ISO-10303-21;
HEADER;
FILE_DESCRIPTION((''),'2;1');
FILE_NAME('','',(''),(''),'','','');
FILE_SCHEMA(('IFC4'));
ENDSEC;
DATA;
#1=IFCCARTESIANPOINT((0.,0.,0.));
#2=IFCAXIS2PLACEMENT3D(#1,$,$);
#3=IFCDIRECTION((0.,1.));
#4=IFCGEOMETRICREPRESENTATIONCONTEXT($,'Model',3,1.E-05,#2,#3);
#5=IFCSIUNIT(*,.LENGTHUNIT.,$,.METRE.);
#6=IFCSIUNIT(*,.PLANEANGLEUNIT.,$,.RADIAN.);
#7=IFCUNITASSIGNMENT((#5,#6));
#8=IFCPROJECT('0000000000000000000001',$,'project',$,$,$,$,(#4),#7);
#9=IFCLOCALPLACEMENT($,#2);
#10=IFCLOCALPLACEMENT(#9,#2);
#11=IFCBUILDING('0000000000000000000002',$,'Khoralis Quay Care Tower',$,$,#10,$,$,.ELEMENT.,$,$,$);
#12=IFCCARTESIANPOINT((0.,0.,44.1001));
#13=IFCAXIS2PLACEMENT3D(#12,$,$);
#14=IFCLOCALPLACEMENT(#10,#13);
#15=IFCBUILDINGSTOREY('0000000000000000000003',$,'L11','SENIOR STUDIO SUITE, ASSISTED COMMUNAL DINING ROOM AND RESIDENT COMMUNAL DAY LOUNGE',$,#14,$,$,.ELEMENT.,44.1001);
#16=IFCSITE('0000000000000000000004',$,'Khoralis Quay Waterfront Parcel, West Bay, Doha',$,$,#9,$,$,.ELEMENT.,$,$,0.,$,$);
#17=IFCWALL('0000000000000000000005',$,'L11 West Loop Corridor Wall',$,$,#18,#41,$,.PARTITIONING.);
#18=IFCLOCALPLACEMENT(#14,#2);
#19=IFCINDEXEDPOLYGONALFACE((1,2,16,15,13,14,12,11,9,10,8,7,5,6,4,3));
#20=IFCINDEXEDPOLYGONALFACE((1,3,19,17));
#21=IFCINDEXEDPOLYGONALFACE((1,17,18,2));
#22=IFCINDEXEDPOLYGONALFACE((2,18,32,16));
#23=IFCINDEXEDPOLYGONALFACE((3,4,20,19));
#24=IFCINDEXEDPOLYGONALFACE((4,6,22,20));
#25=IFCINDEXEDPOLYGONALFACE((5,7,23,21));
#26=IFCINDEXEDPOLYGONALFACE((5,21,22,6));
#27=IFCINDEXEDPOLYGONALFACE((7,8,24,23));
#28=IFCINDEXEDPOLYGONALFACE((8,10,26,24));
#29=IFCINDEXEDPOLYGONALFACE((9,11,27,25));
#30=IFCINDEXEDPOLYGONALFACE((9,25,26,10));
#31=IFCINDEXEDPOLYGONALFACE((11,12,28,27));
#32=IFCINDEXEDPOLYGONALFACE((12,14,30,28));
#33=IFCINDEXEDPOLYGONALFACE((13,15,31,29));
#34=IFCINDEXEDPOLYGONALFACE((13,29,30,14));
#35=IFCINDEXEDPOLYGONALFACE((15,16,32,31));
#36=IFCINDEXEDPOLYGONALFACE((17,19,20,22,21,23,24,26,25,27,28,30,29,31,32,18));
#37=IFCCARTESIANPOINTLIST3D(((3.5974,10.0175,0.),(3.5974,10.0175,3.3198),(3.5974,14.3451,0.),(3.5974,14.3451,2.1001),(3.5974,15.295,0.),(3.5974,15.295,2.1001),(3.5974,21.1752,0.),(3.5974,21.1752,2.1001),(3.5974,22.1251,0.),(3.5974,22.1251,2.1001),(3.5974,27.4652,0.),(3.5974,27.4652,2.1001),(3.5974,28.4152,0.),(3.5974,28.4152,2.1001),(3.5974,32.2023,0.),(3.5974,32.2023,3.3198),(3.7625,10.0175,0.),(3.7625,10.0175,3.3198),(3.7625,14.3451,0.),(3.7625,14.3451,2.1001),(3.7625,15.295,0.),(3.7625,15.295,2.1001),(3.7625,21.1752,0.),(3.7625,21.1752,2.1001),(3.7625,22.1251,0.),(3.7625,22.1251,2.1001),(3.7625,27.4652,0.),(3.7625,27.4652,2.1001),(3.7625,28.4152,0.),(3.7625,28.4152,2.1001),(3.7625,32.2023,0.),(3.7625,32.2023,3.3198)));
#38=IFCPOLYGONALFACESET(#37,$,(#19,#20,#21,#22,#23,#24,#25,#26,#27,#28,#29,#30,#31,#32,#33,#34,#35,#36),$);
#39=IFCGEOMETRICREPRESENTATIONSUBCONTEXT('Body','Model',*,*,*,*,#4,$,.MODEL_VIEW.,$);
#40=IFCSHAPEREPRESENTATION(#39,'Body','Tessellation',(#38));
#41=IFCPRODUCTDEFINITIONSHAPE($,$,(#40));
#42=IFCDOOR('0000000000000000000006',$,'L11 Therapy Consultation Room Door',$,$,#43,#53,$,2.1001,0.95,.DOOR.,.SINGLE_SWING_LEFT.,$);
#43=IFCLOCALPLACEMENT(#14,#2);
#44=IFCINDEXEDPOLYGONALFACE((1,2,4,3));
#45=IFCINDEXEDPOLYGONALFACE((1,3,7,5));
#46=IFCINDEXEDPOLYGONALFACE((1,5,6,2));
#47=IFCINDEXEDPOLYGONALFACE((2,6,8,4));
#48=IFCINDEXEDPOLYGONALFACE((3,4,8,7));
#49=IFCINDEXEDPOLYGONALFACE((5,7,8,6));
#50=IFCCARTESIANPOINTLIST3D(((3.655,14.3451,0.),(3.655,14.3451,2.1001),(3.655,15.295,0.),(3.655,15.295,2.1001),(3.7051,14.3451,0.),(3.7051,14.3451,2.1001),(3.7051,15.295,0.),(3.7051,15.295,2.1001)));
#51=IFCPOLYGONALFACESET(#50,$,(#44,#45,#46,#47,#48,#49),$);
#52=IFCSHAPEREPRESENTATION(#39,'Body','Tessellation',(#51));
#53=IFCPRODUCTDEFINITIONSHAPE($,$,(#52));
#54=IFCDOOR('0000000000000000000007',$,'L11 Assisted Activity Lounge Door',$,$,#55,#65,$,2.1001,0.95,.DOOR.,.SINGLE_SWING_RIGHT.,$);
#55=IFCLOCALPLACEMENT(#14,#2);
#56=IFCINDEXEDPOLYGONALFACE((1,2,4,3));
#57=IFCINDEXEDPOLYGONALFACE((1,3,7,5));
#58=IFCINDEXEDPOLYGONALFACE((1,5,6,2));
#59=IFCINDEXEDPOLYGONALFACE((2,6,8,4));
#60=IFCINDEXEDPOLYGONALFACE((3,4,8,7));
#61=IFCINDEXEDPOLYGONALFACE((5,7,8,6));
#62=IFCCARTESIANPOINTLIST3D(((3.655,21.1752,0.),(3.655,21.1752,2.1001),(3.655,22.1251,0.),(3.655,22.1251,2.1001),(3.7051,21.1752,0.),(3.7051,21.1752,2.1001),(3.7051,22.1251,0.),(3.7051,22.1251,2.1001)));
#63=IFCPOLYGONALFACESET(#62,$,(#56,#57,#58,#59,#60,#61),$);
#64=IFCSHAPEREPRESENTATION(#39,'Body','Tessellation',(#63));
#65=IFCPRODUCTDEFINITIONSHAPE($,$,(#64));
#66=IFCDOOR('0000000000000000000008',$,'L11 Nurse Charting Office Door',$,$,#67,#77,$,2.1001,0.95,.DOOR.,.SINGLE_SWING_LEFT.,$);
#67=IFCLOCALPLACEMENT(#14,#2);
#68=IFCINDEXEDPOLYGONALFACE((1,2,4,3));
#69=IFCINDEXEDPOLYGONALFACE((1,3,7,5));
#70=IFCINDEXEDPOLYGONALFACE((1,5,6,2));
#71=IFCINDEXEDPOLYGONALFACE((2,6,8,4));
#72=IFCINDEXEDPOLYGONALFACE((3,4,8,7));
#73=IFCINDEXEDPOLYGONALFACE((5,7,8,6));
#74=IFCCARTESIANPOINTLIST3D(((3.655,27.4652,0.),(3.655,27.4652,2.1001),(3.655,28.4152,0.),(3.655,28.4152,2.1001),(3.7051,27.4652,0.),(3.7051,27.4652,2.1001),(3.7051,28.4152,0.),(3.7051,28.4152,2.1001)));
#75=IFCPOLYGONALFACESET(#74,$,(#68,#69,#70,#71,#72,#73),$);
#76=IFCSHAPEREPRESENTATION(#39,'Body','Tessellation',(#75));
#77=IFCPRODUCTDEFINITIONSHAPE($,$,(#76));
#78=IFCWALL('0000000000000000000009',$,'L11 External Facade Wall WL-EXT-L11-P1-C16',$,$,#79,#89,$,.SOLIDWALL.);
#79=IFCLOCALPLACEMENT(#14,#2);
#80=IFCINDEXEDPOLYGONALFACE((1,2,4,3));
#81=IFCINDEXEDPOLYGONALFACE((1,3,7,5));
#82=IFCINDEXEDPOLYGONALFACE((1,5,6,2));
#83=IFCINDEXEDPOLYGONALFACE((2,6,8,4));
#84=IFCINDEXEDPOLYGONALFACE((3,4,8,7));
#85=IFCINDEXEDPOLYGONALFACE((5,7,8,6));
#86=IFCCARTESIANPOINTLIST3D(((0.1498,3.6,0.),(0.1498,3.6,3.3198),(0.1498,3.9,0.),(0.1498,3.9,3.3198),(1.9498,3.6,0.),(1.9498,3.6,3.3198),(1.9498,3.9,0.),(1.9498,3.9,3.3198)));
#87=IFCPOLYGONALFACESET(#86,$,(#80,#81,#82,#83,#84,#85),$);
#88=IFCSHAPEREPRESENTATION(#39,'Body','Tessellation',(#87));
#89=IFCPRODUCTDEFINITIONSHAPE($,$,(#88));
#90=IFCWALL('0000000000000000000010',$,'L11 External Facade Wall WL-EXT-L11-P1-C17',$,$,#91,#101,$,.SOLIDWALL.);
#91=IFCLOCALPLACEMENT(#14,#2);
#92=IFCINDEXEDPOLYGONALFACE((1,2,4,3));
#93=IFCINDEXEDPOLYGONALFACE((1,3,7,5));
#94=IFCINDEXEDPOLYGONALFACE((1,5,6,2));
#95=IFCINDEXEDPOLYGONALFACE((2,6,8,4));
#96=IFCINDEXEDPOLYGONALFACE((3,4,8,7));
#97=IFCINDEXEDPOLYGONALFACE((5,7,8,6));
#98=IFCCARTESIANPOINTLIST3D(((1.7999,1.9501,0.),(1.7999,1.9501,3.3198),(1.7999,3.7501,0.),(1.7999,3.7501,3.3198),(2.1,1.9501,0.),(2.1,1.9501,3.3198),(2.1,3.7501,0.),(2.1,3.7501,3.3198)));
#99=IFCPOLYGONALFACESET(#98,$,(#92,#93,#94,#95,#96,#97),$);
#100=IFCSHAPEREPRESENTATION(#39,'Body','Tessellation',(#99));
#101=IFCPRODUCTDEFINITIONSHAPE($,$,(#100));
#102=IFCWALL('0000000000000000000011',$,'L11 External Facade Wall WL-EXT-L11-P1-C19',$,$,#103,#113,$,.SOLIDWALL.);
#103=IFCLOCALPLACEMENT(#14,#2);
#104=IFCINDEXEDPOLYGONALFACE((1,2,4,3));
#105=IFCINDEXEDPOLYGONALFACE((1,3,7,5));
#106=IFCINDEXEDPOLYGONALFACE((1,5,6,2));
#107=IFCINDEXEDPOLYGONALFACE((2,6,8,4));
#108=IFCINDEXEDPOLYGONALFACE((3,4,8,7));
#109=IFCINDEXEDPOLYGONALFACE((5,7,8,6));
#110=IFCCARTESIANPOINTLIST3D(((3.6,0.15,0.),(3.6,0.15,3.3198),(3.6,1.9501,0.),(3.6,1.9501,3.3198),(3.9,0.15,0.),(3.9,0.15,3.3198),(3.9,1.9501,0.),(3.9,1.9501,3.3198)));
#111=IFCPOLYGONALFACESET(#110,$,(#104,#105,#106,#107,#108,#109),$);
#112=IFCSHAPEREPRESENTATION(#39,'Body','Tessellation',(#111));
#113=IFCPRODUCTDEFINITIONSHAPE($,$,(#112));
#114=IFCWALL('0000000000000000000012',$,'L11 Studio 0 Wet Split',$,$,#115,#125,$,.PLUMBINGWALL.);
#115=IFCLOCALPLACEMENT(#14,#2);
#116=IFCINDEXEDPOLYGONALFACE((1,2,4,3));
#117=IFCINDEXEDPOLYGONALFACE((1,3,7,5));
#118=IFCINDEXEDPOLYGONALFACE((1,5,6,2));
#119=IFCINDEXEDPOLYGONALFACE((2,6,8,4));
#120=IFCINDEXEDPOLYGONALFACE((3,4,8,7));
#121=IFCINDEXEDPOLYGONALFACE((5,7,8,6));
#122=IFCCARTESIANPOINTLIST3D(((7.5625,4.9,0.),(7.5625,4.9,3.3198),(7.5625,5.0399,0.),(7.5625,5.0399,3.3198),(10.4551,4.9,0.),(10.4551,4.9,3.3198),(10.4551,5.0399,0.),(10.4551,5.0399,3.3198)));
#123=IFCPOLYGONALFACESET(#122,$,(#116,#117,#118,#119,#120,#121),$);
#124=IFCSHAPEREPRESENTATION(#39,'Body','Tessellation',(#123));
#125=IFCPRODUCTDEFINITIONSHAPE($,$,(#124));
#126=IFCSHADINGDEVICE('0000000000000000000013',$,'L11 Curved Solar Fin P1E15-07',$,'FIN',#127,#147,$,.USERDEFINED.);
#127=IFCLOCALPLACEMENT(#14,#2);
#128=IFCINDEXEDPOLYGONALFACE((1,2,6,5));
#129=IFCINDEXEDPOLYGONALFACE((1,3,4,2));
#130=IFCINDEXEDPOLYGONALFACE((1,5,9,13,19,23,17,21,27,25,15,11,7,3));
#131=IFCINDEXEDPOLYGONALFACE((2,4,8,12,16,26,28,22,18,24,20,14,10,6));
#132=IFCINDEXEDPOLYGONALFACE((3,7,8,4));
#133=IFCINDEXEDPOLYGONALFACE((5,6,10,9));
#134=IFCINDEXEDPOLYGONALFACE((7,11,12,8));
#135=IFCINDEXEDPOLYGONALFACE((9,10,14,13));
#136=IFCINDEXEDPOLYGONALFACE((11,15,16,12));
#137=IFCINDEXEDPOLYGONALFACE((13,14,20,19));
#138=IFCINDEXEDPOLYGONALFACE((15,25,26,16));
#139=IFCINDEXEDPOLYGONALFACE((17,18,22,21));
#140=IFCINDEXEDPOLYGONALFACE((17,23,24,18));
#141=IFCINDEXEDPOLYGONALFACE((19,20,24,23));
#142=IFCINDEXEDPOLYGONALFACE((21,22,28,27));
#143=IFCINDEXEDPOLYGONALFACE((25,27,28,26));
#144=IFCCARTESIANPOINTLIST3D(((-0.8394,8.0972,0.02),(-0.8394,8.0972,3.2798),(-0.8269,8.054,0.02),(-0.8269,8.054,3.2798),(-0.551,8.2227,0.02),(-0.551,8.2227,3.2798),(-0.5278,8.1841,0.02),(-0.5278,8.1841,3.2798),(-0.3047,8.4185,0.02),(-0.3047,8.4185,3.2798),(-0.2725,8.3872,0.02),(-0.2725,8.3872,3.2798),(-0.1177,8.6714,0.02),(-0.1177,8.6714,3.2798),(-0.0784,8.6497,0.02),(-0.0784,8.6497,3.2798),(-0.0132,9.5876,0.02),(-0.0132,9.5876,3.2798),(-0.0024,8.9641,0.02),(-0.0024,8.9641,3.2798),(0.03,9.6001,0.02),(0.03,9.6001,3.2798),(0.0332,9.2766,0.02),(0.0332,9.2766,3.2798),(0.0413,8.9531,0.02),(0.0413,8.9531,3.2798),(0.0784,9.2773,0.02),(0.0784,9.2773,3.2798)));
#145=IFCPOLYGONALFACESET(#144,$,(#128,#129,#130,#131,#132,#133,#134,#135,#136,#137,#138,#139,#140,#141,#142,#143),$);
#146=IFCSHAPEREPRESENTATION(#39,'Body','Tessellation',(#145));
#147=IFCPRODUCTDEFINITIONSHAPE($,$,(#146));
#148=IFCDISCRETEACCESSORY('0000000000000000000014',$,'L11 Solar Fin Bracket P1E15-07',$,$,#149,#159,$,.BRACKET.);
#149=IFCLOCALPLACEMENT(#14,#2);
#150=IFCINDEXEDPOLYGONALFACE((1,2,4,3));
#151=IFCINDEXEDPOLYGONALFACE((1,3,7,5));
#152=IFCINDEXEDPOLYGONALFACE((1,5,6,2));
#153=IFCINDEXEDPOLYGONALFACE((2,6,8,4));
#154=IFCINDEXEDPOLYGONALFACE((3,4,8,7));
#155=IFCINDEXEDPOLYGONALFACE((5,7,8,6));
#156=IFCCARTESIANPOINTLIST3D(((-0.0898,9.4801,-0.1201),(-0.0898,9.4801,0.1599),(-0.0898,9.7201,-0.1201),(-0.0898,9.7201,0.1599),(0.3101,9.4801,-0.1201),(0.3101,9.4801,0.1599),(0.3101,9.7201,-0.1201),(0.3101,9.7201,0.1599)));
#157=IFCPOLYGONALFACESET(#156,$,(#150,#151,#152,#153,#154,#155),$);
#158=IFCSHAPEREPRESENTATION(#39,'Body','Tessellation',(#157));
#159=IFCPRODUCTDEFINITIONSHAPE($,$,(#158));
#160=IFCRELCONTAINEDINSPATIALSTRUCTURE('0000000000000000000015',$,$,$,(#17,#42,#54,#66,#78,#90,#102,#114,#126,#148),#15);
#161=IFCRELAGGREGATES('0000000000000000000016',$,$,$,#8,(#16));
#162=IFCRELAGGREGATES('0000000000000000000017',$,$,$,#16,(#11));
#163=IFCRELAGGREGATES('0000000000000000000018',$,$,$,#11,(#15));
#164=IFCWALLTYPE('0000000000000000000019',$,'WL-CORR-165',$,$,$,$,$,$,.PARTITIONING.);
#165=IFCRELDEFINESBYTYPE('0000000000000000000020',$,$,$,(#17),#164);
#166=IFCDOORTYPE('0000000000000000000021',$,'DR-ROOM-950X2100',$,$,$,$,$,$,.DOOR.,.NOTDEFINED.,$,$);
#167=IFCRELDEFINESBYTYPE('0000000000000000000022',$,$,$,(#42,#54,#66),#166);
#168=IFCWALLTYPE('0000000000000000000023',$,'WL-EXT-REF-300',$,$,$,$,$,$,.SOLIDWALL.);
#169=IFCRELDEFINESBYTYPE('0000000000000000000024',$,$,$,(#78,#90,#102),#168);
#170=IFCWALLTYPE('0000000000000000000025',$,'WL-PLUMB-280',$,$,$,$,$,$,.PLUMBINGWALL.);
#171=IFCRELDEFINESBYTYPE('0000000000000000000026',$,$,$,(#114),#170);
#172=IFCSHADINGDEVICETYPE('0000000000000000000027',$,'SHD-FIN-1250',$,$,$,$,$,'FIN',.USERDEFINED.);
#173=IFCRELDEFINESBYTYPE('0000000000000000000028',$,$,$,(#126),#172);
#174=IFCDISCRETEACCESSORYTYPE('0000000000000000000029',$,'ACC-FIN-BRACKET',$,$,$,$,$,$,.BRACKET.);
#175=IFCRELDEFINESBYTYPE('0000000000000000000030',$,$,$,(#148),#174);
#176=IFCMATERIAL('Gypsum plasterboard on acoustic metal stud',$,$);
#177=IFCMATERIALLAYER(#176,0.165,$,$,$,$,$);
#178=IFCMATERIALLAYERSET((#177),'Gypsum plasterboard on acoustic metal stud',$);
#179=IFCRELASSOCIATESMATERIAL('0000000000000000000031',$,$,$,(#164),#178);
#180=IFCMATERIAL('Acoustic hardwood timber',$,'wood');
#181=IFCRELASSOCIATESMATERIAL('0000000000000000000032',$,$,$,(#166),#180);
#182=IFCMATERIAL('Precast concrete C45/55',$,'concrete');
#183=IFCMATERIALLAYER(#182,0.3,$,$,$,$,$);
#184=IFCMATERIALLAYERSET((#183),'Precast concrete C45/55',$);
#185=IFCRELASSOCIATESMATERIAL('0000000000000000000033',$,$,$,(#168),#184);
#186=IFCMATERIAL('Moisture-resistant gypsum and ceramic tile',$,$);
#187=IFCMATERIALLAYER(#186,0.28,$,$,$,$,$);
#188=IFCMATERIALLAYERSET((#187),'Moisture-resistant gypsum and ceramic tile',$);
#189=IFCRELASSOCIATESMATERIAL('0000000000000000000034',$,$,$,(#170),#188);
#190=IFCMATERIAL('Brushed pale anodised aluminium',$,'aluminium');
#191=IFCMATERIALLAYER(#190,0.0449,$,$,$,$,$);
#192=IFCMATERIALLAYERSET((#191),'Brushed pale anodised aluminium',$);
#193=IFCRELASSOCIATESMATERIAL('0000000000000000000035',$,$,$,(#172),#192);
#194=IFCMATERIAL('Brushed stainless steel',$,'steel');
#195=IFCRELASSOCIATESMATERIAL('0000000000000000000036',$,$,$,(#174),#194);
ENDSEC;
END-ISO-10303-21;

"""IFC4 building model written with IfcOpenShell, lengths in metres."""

from ifc_helpers import new_model, si_unit, direction, frame, frame_2d, origin, origin_2d, place, context, subcontext, project, spatial, polyline, rectangle, outline, extrude, source, transform, mapped, material, layer, layer_set, type_object, element, fill, save


model = new_model("IFC4")

# Units and contexts
model_context = context("Model", 3, precision=1e-05, world=origin(), true_north=direction((0.0, 1.0)))
body_context = subcontext(model_context, "Body", "Model", "MODEL_VIEW")
ifc_project = project(units=[si_unit("LENGTHUNIT", "METRE"), si_unit("PLANEANGLEUNIT", "RADIAN")], contexts=[model_context])

# Site, building, storey
site_placement = place(None, origin())
site = spatial("IfcSite", under=ifc_project, at=site_placement, Name="Khoralis Quay Waterfront Parcel, West Bay, Doha", CompositionType="ELEMENT", RefElevation=0.0)
building_placement = place(site_placement, origin())
building = spatial("IfcBuilding", under=site, at=building_placement, Name="Khoralis Quay Care Tower", CompositionType="ELEMENT")
storey_placement = place(building_placement, frame((0.0, 0.0, 44.1001)))
storey = spatial("IfcBuildingStorey", under=building, at=storey_placement, Name="L11", Description="SENIOR STUDIO SUITE, ASSISTED COMMUNAL DINING ROOM AND RESIDENT COMMUNAL DAY LOUNGE", CompositionType="ELEMENT", Elevation=44.1001)

# Wall, openings, doors
ifc_material_1 = material(Name="Gypsum plasterboard on acoustic metal stud")
ifc_layer_1 = layer(ifc_material_1, 0.165)
ifc_layer_set_1 = layer_set([ifc_layer_1], Name="Gypsum plasterboard on acoustic metal stud")
wall_type_1 = type_object("IfcWallType", Name="WL-CORR-165", PredefinedType="PARTITIONING", material=ifc_layer_set_1)
ifc_material_2 = material(Name="Acoustic hardwood timber", Category="wood")
door_type_1 = type_object("IfcDoorType", Name="DR-ROOM-950X2100", OperationType="NOTDEFINED", PredefinedType="DOOR", material=ifc_material_2)
shared_shape_1 = source(origin(), body_context, "Body", "SweptSolid", [
    extrude(rectangle(XDim=0.95, YDim=2.1001, at=frame_2d((0.4751, 1.05))), frame((0.0, 0.0249, 0.0), z_axis=(0.0, -1.0, 0.0), x_axis=(1.0, 0.0, 0.0)), (0.0, 0.0, 1.0), 0.05),
])
wall_1_placement = place(storey_placement, frame((3.6799, 10.0176, 0.0), z_axis=(0.0, 0.0, 1.0), x_axis=(0.0, 1.0, 0.0)))
wall_1 = element("IfcWall", 1, at=wall_1_placement, inside=storey, type_object=wall_type_1, Name="L11 West Loop Corridor Wall", PredefinedType="PARTITIONING", context=body_context, shape_type="SweptSolid", body=[
    extrude(rectangle(XDim=22.1848, YDim=0.165, at=frame_2d((11.0923, 0.0))), origin(), (0.0, 0.0, 1.0), 3.3198),
])
opening_1_placement = place(wall_1_placement, frame((4.3274, 0.0, 0.0)))
opening_1 = element("IfcOpeningElement", 2, at=opening_1_placement, cuts=wall_1, PredefinedType="OPENING", context=body_context, shape_type="SweptSolid", body=[
    extrude(rectangle(XDim=0.95, YDim=2.1001, at=frame_2d((0.4751, 1.05))), frame((0.0, 0.0925, 0.0), z_axis=(0.0, -1.0, 0.0), x_axis=(1.0, 0.0, 0.0)), (0.0, 0.0, 1.0), 0.1851),
])
opening_2_placement = place(wall_1_placement, frame((11.1575, 0.0, 0.0)))
opening_2 = element("IfcOpeningElement", 3, at=opening_2_placement, cuts=wall_1, PredefinedType="OPENING", context=body_context, shape_type="SweptSolid", body=[
    extrude(rectangle(XDim=0.95, YDim=2.1001, at=frame_2d((0.4751, 1.05))), frame((0.0, 0.0925, 0.0), z_axis=(0.0, -1.0, 0.0), x_axis=(1.0, 0.0, 0.0)), (0.0, 0.0, 1.0), 0.1851),
])
opening_3_placement = place(wall_1_placement, frame((17.4475, 0.0, 0.0)))
opening_3 = element("IfcOpeningElement", 4, at=opening_3_placement, cuts=wall_1, PredefinedType="OPENING", context=body_context, shape_type="SweptSolid", body=[
    extrude(rectangle(XDim=0.95, YDim=2.1001, at=frame_2d((0.4751, 1.05))), frame((0.0, 0.0925, 0.0), z_axis=(0.0, -1.0, 0.0), x_axis=(1.0, 0.0, 0.0)), (0.0, 0.0, 1.0), 0.1851),
])
door_1_placement = place(opening_1_placement, origin())
door_1 = element("IfcDoor", 5, at=door_1_placement, inside=storey, type_object=door_type_1, Name="L11 Therapy Consultation Room Door", OperationType="SINGLE_SWING_LEFT", OverallHeight=2.1001, OverallWidth=0.95, PredefinedType="DOOR", context=body_context, shape_type="MappedRepresentation", body=[
    mapped(shared_shape_1, transform((0.0, 0.0, 0.0), scale=1.0)),
])
fill(opening_1, door_1)
door_2_placement = place(opening_2_placement, origin())
door_2 = element("IfcDoor", 6, at=door_2_placement, inside=storey, type_object=door_type_1, Name="L11 Assisted Activity Lounge Door", OperationType="SINGLE_SWING_RIGHT", OverallHeight=2.1001, OverallWidth=0.95, PredefinedType="DOOR", context=body_context, shape_type="MappedRepresentation", body=[
    mapped(shared_shape_1, transform((0.0, 0.0, 0.0), scale=1.0)),
])
fill(opening_2, door_2)
door_3_placement = place(opening_3_placement, origin())
door_3 = element("IfcDoor", 7, at=door_3_placement, inside=storey, type_object=door_type_1, Name="L11 Nurse Charting Office Door", OperationType="SINGLE_SWING_LEFT", OverallHeight=2.1001, OverallWidth=0.95, PredefinedType="DOOR", context=body_context, shape_type="MappedRepresentation", body=[
    mapped(shared_shape_1, transform((0.0, 0.0, 0.0), scale=1.0)),
])
fill(opening_3, door_3)

# Walls
ifc_material_3 = material(Name="Precast concrete C45/55", Category="concrete")
ifc_layer_2 = layer(ifc_material_3, 0.3)
ifc_layer_set_2 = layer_set([ifc_layer_2], Name="Precast concrete C45/55")
wall_type_2 = type_object("IfcWallType", Name="WL-EXT-REF-300", PredefinedType="SOLIDWALL", material=ifc_layer_set_2)
for number, where, z_axis, x_axis, name in (
    (8, (0.1499, 3.75, 0.0), (0.0, 0.0, 1.0), (1.0, 0.0, 0.0), "L11 External Facade Wall WL-EXT-L11-P1-C16"),
    (9, (1.95, 3.75, 0.0), (0.0, 0.0, 1.0), (0.0, -1.0, 0.0), "L11 External Facade Wall WL-EXT-L11-P1-C17"),
    (10, (3.75, 1.95, 0.0), (0.0, 0.0, 1.0), (0.0, -1.0, 0.0), "L11 External Facade Wall WL-EXT-L11-P1-C19"),
):
    element("IfcWall", number, at=place(storey_placement, frame(where, z_axis=z_axis, x_axis=x_axis)), inside=storey, type_object=wall_type_2, Name=name, PredefinedType="SOLIDWALL", context=body_context, shape_type="SweptSolid", body=[
        extrude(rectangle(XDim=1.8, YDim=0.3, at=frame_2d((0.8999, 0.0))), origin(), (0.0, 0.0, 1.0), 3.3198),
    ])
ifc_material_4 = material(Name="Moisture-resistant gypsum and ceramic tile")
ifc_layer_3 = layer(ifc_material_4, 0.28)
ifc_layer_set_3 = layer_set([ifc_layer_3], Name="Moisture-resistant gypsum and ceramic tile")
wall_type_3 = type_object("IfcWallType", Name="WL-PLUMB-280", PredefinedType="PLUMBINGWALL", material=ifc_layer_set_3)
wall_2_placement = place(storey_placement, frame((7.5625, 4.97, 0.0), z_axis=(0.0, 0.0, 1.0), x_axis=(1.0, 0.0, 0.0)))
element("IfcWall", 11, at=wall_2_placement, inside=storey, type_object=wall_type_3, Name="L11 Studio 0 Wet Split", PredefinedType="PLUMBINGWALL", context=body_context, shape_type="SweptSolid", body=[
    extrude(rectangle(XDim=2.8926, YDim=0.1399, at=frame_2d((1.4463, 0.0))), origin(), (0.0, 0.0, 1.0), 3.3198),
])

# Shading device
ifc_material_5 = material(Name="Brushed pale anodised aluminium", Category="aluminium")
ifc_layer_4 = layer(ifc_material_5, 0.0449)
ifc_layer_set_4 = layer_set([ifc_layer_4], Name="Brushed pale anodised aluminium")
shading_device_type = type_object("IfcShadingDeviceType", Name="SHD-FIN-1250", ElementType="FIN", PredefinedType="USERDEFINED", material=ifc_layer_set_4)
shared_shape_2 = source(origin(), body_context, "Body", "SweptSolid", [
    extrude(outline(polyline([(0.0, 0.0), (-0.0483, 0.3228), (-0.0112, 0.647), (0.1084, 0.9504), (0.3025, 1.2129), (0.5579, 1.416), (0.8569, 1.5461), (0.8694, 1.5029), (0.5811, 1.3774), (0.3347, 1.1816), (0.1477, 0.9287), (0.0325, 0.636), (-0.0032, 0.3235), (0.0432, 0.0125), (0.0, 0.0)])), origin(), (0.0, 0.0, 1.0), 3.2598),
])
shading_device_placement = place(storey_placement, frame((0.03, 9.6001, 0.02), z_axis=(0.0, 0.0, 1.0), x_axis=(-1.0, 0.0, 0.0)))
element("IfcShadingDevice", 12, at=shading_device_placement, inside=storey, type_object=shading_device_type, Name="L11 Curved Solar Fin P1E15-07", ObjectType="FIN", PredefinedType="USERDEFINED", context=body_context, shape_type="MappedRepresentation", body=[
    mapped(shared_shape_2, transform((0.0, 0.0, 0.0), scale=1.0)),
])

# Discrete accessory
ifc_material_6 = material(Name="Brushed stainless steel", Category="steel")
discrete_accessory_type = type_object("IfcDiscreteAccessoryType", Name="ACC-FIN-BRACKET", PredefinedType="BRACKET", material=ifc_material_6)
shared_shape_3 = source(origin(), body_context, "Body", "SweptSolid", [
    extrude(rectangle(XDim=0.3999, YDim=0.24, at=origin_2d()), origin(), (0.0, 0.0, 1.0), 0.28),
])
discrete_accessory_placement = place(storey_placement, frame((0.1101, 9.6001, -0.1201), z_axis=(0.0, 0.0, 1.0), x_axis=(-1.0, 0.0, 0.0)))
element("IfcDiscreteAccessory", 13, at=discrete_accessory_placement, inside=storey, type_object=discrete_accessory_type, Name="L11 Solar Fin Bracket P1E15-07", PredefinedType="BRACKET", context=body_context, shape_type="MappedRepresentation", body=[
    mapped(shared_shape_3, transform((0.0, 0.0, 0.0), scale=1.0)),
])

save(model, "model.ifc")
